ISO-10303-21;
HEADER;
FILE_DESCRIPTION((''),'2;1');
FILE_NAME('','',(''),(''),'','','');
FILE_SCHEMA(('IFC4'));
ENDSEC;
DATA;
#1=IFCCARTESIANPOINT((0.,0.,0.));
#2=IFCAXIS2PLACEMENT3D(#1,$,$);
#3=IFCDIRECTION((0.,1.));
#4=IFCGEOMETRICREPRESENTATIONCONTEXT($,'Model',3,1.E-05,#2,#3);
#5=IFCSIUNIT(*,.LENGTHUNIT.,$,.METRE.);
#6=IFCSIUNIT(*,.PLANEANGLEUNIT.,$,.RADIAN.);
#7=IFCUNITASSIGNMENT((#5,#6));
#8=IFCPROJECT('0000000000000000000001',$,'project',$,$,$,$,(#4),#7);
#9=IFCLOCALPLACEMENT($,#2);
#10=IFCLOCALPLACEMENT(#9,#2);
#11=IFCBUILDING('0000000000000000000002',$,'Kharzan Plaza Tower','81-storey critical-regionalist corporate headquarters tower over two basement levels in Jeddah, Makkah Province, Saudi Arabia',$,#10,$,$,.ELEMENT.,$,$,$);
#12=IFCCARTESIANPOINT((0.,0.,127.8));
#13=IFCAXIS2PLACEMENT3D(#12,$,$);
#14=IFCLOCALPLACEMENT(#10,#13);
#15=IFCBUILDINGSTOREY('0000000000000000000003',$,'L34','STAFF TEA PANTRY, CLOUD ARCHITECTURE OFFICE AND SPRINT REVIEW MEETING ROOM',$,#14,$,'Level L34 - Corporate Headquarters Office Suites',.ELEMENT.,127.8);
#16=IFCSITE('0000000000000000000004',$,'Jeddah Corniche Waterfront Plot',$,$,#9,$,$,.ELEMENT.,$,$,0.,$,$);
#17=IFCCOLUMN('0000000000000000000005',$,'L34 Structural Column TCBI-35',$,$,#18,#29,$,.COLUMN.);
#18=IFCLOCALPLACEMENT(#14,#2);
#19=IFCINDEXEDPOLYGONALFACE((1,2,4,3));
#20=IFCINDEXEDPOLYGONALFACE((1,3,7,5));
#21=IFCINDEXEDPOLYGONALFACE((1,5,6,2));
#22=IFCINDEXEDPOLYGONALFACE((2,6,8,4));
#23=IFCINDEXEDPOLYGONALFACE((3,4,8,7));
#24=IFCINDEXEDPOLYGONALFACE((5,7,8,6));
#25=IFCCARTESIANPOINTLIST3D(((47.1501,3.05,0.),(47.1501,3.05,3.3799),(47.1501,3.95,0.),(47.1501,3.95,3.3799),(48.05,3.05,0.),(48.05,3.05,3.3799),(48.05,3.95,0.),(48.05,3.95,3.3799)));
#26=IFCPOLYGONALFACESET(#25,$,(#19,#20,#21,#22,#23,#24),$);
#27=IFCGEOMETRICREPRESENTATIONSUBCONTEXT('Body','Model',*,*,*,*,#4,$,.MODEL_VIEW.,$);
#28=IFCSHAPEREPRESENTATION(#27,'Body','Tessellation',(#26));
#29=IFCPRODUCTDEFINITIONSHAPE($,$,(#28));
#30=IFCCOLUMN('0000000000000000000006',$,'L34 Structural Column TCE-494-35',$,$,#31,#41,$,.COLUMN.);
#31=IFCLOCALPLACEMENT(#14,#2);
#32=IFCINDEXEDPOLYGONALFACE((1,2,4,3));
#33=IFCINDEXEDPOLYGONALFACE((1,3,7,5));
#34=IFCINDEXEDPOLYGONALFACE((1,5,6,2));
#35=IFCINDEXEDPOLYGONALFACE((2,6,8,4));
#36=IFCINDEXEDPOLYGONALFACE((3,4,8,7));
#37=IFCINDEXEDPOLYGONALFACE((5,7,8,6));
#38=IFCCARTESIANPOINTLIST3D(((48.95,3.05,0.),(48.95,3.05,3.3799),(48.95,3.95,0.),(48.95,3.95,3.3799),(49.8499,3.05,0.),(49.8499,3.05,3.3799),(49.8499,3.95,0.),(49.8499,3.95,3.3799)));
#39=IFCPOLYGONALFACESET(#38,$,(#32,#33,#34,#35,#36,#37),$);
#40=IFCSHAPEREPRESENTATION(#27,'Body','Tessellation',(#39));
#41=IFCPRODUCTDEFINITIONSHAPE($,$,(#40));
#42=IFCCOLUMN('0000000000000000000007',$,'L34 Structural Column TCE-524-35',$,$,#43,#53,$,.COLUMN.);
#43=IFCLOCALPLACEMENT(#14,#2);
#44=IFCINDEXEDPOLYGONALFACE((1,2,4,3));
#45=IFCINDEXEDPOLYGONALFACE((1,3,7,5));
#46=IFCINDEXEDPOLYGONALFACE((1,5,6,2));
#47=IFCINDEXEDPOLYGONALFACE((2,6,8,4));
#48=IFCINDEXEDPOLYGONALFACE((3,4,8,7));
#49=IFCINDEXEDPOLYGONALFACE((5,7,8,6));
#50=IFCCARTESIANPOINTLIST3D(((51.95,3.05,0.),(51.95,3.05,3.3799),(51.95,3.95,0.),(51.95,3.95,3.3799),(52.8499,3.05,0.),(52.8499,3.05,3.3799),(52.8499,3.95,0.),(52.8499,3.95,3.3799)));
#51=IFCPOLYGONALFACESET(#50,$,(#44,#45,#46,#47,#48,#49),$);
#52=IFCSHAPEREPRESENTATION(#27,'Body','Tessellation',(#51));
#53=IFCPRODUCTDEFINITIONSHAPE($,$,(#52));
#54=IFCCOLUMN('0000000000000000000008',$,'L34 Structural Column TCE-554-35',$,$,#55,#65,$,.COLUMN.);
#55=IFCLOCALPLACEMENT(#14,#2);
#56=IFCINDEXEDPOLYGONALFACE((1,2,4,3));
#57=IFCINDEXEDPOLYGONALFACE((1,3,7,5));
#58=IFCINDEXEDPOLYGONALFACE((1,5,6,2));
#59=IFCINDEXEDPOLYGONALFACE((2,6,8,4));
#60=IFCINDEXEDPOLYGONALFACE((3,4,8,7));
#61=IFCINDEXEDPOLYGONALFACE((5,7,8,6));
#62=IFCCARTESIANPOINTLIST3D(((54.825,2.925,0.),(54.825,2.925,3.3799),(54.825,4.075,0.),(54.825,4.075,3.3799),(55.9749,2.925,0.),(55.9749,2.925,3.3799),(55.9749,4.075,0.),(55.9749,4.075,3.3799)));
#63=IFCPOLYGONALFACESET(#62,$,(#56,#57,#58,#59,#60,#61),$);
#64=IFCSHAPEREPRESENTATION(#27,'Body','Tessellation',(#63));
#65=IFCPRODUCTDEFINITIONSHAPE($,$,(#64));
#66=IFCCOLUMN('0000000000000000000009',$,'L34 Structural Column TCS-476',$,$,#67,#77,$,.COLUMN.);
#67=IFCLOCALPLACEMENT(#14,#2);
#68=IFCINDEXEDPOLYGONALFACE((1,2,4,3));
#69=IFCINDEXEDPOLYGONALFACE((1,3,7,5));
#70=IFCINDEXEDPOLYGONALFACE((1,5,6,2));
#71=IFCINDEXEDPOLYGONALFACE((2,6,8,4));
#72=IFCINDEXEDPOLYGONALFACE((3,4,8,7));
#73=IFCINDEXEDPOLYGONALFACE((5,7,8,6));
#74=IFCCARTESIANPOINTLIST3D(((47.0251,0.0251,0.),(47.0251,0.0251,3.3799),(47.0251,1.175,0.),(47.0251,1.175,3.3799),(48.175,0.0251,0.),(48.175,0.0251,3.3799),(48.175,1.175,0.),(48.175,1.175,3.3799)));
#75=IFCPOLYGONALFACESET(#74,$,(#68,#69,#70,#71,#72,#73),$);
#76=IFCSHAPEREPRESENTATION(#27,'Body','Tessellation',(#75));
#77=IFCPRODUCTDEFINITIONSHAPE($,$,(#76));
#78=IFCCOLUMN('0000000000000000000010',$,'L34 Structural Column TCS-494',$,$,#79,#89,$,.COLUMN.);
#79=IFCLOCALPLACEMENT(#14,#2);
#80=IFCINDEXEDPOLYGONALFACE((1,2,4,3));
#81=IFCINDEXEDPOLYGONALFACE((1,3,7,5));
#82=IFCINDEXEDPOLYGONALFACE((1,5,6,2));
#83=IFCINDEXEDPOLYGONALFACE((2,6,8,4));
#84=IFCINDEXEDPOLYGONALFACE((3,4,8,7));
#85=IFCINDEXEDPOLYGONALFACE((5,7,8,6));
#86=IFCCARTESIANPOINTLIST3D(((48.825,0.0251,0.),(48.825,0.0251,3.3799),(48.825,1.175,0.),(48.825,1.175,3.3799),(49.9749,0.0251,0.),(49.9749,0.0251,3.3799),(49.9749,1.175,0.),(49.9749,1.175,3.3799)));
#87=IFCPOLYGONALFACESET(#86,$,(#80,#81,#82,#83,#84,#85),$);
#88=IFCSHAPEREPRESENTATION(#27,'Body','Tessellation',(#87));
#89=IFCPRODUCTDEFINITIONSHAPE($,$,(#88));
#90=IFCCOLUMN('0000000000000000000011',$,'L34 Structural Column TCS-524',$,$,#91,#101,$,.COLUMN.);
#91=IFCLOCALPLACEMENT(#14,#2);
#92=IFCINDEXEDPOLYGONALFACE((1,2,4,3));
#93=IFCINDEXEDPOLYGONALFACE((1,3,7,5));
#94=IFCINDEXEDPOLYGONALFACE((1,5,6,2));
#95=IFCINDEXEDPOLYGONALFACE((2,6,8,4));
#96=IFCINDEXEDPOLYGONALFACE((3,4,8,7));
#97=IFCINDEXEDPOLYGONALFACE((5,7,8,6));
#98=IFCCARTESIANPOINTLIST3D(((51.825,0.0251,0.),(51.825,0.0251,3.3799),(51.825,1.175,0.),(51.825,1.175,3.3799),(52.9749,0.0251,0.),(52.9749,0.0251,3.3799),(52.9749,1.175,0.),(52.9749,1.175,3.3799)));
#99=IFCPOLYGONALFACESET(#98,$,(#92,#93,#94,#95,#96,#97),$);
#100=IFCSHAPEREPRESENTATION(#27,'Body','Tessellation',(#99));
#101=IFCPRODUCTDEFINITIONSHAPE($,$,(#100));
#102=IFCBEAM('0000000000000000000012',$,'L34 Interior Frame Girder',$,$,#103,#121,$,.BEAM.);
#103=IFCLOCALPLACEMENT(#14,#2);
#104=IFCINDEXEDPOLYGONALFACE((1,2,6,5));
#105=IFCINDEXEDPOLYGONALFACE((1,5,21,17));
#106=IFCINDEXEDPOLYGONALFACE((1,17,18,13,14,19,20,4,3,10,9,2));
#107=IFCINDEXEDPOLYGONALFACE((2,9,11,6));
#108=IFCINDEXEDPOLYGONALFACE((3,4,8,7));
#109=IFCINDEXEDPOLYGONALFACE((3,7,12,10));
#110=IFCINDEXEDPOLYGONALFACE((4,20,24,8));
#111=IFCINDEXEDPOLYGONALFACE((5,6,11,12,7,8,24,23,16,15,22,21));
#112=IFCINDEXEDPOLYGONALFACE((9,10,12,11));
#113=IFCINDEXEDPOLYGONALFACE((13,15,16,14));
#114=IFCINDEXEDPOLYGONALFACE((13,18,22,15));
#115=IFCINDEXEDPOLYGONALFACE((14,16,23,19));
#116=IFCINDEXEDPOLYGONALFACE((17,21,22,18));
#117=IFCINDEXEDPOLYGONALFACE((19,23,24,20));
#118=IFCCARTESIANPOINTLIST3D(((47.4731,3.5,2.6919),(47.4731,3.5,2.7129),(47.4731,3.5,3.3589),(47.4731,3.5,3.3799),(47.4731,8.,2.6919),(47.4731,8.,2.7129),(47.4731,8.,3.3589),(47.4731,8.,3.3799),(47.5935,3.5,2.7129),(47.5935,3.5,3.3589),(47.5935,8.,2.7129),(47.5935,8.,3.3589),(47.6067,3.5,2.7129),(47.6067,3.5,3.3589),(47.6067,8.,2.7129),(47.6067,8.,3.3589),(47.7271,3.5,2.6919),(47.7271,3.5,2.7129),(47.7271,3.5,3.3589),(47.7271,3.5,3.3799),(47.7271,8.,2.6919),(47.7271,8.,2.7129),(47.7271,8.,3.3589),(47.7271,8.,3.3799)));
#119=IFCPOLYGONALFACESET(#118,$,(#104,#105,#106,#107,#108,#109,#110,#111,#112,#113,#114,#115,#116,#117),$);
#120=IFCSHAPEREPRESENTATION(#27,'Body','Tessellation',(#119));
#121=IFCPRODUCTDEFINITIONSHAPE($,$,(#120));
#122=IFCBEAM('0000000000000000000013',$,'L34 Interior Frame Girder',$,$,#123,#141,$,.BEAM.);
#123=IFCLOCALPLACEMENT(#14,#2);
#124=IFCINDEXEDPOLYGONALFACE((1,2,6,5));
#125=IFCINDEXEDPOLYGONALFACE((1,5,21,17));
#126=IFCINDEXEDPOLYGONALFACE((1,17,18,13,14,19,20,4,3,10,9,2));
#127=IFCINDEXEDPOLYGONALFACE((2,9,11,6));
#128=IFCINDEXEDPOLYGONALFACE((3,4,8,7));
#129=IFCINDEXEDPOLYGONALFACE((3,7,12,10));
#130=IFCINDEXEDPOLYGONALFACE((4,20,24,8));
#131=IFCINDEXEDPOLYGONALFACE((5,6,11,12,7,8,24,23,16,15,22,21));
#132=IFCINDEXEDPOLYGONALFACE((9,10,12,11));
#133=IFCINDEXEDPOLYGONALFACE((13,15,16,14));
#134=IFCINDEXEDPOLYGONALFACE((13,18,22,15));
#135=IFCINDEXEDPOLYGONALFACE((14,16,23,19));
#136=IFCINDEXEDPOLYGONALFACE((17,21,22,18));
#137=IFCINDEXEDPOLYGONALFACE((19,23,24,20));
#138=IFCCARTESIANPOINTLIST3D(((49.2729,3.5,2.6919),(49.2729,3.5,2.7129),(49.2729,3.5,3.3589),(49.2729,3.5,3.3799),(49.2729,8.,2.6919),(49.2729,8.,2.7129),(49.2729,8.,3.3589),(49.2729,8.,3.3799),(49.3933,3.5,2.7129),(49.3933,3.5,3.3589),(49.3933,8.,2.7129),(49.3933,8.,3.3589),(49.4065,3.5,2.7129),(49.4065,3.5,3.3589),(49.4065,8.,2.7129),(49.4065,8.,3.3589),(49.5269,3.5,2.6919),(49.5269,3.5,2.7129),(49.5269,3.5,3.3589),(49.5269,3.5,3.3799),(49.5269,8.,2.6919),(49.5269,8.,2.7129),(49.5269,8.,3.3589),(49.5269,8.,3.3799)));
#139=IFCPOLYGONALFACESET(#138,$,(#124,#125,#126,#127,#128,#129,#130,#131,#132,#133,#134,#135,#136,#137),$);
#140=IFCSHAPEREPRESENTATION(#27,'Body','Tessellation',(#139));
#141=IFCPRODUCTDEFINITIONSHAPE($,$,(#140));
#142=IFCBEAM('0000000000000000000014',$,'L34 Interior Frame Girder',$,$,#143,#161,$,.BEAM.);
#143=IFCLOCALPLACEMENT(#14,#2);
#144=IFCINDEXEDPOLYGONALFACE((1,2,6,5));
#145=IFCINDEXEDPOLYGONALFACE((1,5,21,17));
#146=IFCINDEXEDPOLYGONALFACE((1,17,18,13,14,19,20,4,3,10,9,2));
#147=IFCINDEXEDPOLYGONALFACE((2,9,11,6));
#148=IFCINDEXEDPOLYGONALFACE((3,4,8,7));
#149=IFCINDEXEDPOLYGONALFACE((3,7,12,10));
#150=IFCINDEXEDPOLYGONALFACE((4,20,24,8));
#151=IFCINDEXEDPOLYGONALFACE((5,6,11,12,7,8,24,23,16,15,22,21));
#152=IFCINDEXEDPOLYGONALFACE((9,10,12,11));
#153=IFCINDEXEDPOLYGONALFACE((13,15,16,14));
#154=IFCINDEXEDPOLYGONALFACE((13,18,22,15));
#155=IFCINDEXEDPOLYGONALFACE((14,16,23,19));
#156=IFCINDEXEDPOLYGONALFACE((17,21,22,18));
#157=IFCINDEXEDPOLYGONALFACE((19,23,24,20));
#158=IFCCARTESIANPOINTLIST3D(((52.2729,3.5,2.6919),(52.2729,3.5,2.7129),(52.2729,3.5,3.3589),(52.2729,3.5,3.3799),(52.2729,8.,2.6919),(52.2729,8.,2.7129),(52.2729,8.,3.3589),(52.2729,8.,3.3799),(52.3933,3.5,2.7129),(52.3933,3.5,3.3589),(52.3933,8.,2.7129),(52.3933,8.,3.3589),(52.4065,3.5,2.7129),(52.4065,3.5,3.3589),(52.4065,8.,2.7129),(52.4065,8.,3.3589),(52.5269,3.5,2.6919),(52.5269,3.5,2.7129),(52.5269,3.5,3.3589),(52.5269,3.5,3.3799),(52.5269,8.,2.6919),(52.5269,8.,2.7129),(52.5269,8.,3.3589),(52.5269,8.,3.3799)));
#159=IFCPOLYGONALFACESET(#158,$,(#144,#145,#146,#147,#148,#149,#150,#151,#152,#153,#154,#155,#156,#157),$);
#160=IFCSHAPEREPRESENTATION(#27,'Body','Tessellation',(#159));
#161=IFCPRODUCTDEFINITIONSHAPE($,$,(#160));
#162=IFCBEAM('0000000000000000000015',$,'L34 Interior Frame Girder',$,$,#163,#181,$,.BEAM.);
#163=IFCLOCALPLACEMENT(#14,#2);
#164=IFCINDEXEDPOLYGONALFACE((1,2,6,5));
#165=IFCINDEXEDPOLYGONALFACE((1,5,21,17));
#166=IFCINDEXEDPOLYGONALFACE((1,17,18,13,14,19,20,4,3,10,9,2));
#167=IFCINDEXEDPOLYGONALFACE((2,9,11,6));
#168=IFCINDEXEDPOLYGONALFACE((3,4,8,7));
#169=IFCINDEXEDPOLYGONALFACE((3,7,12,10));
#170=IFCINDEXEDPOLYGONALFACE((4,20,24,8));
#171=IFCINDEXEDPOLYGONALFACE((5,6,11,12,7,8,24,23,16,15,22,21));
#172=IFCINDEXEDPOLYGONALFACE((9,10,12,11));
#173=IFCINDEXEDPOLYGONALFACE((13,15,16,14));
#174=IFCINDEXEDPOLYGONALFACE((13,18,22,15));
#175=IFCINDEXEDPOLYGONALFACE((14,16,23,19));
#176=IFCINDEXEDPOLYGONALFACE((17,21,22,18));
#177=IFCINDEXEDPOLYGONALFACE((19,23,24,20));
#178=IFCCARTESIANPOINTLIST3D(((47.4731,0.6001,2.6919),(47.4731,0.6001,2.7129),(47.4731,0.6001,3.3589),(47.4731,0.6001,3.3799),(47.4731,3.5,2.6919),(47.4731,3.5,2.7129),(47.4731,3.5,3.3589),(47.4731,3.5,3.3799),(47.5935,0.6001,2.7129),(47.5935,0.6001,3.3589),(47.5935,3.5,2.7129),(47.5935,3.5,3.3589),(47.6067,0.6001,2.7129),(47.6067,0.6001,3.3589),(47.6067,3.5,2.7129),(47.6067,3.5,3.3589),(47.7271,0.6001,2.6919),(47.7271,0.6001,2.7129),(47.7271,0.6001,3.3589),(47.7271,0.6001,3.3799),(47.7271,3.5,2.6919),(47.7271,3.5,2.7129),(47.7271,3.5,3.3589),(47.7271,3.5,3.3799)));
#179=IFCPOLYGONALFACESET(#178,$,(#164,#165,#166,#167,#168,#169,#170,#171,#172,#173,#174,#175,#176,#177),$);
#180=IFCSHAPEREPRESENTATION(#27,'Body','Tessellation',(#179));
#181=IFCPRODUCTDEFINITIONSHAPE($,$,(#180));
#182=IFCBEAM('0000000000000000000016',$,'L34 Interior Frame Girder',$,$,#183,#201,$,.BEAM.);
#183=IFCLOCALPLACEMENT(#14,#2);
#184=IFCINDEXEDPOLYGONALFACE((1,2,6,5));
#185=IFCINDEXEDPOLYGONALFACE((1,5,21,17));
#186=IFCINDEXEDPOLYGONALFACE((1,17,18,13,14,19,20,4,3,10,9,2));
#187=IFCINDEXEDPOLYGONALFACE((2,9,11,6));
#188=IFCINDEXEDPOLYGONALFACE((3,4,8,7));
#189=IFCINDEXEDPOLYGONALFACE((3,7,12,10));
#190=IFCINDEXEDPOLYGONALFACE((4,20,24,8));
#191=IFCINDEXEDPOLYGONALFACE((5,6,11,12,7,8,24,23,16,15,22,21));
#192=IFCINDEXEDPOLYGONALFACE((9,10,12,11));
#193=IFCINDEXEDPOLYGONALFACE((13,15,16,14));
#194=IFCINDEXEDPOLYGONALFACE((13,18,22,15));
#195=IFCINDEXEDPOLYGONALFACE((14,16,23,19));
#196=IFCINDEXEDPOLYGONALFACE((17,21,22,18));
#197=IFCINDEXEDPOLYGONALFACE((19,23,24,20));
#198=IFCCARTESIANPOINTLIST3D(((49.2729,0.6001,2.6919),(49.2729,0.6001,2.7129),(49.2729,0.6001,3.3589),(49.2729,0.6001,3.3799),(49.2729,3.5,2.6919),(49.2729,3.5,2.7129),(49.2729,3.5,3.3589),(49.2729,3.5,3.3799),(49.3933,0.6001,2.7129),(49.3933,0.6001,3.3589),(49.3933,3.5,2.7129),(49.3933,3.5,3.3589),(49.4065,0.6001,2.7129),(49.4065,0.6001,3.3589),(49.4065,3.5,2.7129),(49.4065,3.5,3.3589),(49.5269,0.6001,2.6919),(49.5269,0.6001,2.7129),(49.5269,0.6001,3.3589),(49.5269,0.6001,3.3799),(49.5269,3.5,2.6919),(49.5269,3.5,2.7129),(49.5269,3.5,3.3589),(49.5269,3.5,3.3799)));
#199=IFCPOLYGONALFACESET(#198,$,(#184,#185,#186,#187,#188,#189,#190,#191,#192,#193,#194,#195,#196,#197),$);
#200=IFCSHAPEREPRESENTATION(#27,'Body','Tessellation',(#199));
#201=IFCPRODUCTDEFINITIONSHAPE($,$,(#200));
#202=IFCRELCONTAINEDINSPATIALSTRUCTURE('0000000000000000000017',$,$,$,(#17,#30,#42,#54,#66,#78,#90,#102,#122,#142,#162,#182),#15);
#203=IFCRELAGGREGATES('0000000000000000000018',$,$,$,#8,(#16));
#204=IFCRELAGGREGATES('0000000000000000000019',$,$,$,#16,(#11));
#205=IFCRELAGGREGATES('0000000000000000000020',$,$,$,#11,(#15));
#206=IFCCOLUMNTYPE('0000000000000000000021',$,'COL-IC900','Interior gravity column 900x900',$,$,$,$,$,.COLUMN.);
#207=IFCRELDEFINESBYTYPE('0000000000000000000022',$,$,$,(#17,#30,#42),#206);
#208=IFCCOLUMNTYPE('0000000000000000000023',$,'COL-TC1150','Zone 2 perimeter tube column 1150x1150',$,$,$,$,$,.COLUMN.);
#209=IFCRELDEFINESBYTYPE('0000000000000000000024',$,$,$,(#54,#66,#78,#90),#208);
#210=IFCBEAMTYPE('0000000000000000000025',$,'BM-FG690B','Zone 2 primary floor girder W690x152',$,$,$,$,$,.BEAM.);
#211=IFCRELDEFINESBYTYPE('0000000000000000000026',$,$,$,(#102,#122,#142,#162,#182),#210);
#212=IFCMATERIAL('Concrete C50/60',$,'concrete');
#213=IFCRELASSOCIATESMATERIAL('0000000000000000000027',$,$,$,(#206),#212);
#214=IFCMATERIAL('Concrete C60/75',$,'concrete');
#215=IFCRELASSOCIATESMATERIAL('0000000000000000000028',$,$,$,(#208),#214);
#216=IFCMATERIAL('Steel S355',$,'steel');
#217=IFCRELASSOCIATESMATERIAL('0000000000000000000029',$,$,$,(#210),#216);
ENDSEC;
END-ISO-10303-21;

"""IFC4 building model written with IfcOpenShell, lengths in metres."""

from ifc_helpers import new_model, si_unit, direction, frame, origin, origin_2d, place, context, subcontext, project, spatial, rectangle, i_section, extrude, source, transform, mapped, material, material_profile, profile_set, type_object, element, save


model = new_model("IFC4")

# Units and contexts
model_context = context("Model", 3, precision=1e-05, world=origin(), true_north=direction((0.0, 1.0)))
body_context = subcontext(model_context, "Body", "Model", "MODEL_VIEW")
ifc_project = project(units=[si_unit("LENGTHUNIT", "METRE"), si_unit("PLANEANGLEUNIT", "RADIAN")], contexts=[model_context])

# Site, building, storey
site_placement = place(None, origin())
site = spatial("IfcSite", under=ifc_project, at=site_placement, Name="Jeddah Corniche Waterfront Plot", CompositionType="ELEMENT", RefElevation=0.0)
building_placement = place(site_placement, origin())
building = spatial("IfcBuilding", under=site, at=building_placement, Name="Kharzan Plaza Tower", Description="81-storey critical-regionalist corporate headquarters tower over two basement levels in Jeddah, Makkah Province, Saudi Arabia", CompositionType="ELEMENT")
storey_placement = place(building_placement, frame((0.0, 0.0, 127.8)))
storey = spatial("IfcBuildingStorey", under=building, at=storey_placement, Name="L34", Description="STAFF TEA PANTRY, CLOUD ARCHITECTURE OFFICE AND SPRINT REVIEW MEETING ROOM", LongName="Level L34 - Corporate Headquarters Office Suites", CompositionType="ELEMENT", Elevation=127.8)

# Columns
ifc_material_1 = material(Name="Concrete C50/60", Category="concrete")
ifc_material_profile_1 = material_profile(ifc_material_1, rectangle(XDim=0.8999, YDim=0.8999, at=origin_2d()), Name="RC-IC900x900")
ifc_profile_set_1 = profile_set([ifc_material_profile_1], Name="Concrete C50/60")
column_type_1 = type_object("IfcColumnType", Name="COL-IC900", Description="Interior gravity column 900x900", PredefinedType="COLUMN", material=ifc_profile_set_1)
shared_shape_1 = source(origin(), body_context, "Body", "SweptSolid", [
    extrude(rectangle(XDim=0.8999, YDim=0.8999, at=origin_2d()), origin(), (0.0, 0.0, 1.0), 3.3799),
])
for number, where, z_axis, x_axis, name in (
    (1, (47.6001, 3.5, 0.0), (0.0, 0.0, 1.0), (1.0, 0.0, 0.0), "L34 Structural Column TCBI-35"),
    (2, (49.3999, 3.5, 0.0), (0.0, 0.0, 1.0), (1.0, 0.0, 0.0), "L34 Structural Column TCE-494-35"),
    (3, (52.3999, 3.5, 0.0), (0.0, 0.0, 1.0), (1.0, 0.0, 0.0), "L34 Structural Column TCE-524-35"),
):
    element("IfcColumn", number, at=place(storey_placement, frame(where, z_axis=z_axis, x_axis=x_axis)), inside=storey, type_object=column_type_1, Name=name, PredefinedType="COLUMN", context=body_context, shape_type="MappedRepresentation", body=[
        mapped(shared_shape_1, transform((0.0, 0.0, 0.0), x_axis=(1.0, 0.0, 0.0), y_axis=(0.0, 1.0, 0.0), z_axis=(0.0, 0.0, 1.0))),
    ])
ifc_material_2 = material(Name="Concrete C60/75", Category="concrete")
ifc_material_profile_2 = material_profile(ifc_material_2, rectangle(XDim=1.1499, YDim=1.1499, at=origin_2d()), Name="RC-TC1150x1150")
ifc_profile_set_2 = profile_set([ifc_material_profile_2], Name="Concrete C60/75")
column_type_2 = type_object("IfcColumnType", Name="COL-TC1150", Description="Zone 2 perimeter tube column 1150x1150", PredefinedType="COLUMN", material=ifc_profile_set_2)
shared_shape_2 = source(origin(), body_context, "Body", "SweptSolid", [
    extrude(rectangle(XDim=1.1499, YDim=1.1499, at=origin_2d()), origin(), (0.0, 0.0, 1.0), 3.3799),
])
for number, where, z_axis, x_axis, name in (
    (4, (55.3999, 3.5, 0.0), (0.0, 0.0, 1.0), (1.0, 0.0, 0.0), "L34 Structural Column TCE-554-35"),
    (5, (47.6001, 0.6001, 0.0), (0.0, 0.0, 1.0), (1.0, 0.0, 0.0), "L34 Structural Column TCS-476"),
    (6, (49.3999, 0.6001, 0.0), (0.0, 0.0, 1.0), (1.0, 0.0, 0.0), "L34 Structural Column TCS-494"),
    (7, (52.3999, 0.6001, 0.0), (0.0, 0.0, 1.0), (1.0, 0.0, 0.0), "L34 Structural Column TCS-524"),
):
    element("IfcColumn", number, at=place(storey_placement, frame(where, z_axis=z_axis, x_axis=x_axis)), inside=storey, type_object=column_type_2, Name=name, PredefinedType="COLUMN", context=body_context, shape_type="MappedRepresentation", body=[
        mapped(shared_shape_2, transform((0.0, 0.0, 0.0), x_axis=(1.0, 0.0, 0.0), y_axis=(0.0, 1.0, 0.0), z_axis=(0.0, 0.0, 1.0))),
    ])

# Beams
ifc_material_3 = material(Name="Steel S355", Category="steel")
ifc_material_profile_3 = material_profile(ifc_material_3, i_section(OverallWidth=0.2539, OverallDepth=0.688, WebThickness=0.0132, FlangeThickness=0.021, at=origin_2d()), Name="W690x152")
ifc_profile_set_3 = profile_set([ifc_material_profile_3], Name="Steel S355")
beam_type_1 = type_object("IfcBeamType", Name="BM-FG690B", Description="Zone 2 primary floor girder W690x152", PredefinedType="BEAM", material=ifc_profile_set_3)
shared_shape_3 = source(origin(), body_context, "Body", "SweptSolid", [
    extrude(i_section(OverallWidth=0.2539, OverallDepth=0.688, WebThickness=0.0132, FlangeThickness=0.021, at=origin_2d()), origin(), (0.0, 0.0, 1.0), 4.5),
])
for number, where, z_axis, x_axis, name in (
    (8, (47.6001, 3.5, 3.0359), (0.0, 1.0, 0.0), (-1.0, 0.0, 0.0), "L34 Interior Frame Girder"),
    (9, (49.3999, 3.5, 3.0359), (0.0, 1.0, 0.0), (-1.0, 0.0, 0.0), "L34 Interior Frame Girder"),
    (10, (52.3999, 3.5, 3.0359), (0.0, 1.0, 0.0), (-1.0, 0.0, 0.0), "L34 Interior Frame Girder"),
):
    element("IfcBeam", number, at=place(storey_placement, frame(where, z_axis=z_axis, x_axis=x_axis)), inside=storey, type_object=beam_type_1, Name=name, PredefinedType="BEAM", context=body_context, shape_type="MappedRepresentation", body=[
        mapped(shared_shape_3, transform((0.0, 0.0, 0.0), x_axis=(1.0, 0.0, 0.0), y_axis=(0.0, 1.0, 0.0), z_axis=(0.0, 0.0, 1.0))),
    ])
shared_shape_4 = source(origin(), body_context, "Body", "SweptSolid", [
    extrude(i_section(OverallWidth=0.2539, OverallDepth=0.688, WebThickness=0.0132, FlangeThickness=0.021, at=origin_2d()), origin(), (0.0, 0.0, 1.0), 2.8999),
])
for number, where, z_axis, x_axis, name in (
    (11, (47.6001, 0.6001, 3.0359), (0.0, 1.0, 0.0), (-1.0, 0.0, 0.0), "L34 Interior Frame Girder"),
    (12, (49.3999, 0.6001, 3.0359), (0.0, 1.0, 0.0), (-1.0, 0.0, 0.0), "L34 Interior Frame Girder"),
):
    element("IfcBeam", number, at=place(storey_placement, frame(where, z_axis=z_axis, x_axis=x_axis)), inside=storey, type_object=beam_type_1, Name=name, PredefinedType="BEAM", context=body_context, shape_type="MappedRepresentation", body=[
        mapped(shared_shape_4, transform((0.0, 0.0, 0.0), x_axis=(1.0, 0.0, 0.0), y_axis=(0.0, 1.0, 0.0), z_axis=(0.0, 0.0, 1.0))),
    ])

save(model, "model.ifc")
